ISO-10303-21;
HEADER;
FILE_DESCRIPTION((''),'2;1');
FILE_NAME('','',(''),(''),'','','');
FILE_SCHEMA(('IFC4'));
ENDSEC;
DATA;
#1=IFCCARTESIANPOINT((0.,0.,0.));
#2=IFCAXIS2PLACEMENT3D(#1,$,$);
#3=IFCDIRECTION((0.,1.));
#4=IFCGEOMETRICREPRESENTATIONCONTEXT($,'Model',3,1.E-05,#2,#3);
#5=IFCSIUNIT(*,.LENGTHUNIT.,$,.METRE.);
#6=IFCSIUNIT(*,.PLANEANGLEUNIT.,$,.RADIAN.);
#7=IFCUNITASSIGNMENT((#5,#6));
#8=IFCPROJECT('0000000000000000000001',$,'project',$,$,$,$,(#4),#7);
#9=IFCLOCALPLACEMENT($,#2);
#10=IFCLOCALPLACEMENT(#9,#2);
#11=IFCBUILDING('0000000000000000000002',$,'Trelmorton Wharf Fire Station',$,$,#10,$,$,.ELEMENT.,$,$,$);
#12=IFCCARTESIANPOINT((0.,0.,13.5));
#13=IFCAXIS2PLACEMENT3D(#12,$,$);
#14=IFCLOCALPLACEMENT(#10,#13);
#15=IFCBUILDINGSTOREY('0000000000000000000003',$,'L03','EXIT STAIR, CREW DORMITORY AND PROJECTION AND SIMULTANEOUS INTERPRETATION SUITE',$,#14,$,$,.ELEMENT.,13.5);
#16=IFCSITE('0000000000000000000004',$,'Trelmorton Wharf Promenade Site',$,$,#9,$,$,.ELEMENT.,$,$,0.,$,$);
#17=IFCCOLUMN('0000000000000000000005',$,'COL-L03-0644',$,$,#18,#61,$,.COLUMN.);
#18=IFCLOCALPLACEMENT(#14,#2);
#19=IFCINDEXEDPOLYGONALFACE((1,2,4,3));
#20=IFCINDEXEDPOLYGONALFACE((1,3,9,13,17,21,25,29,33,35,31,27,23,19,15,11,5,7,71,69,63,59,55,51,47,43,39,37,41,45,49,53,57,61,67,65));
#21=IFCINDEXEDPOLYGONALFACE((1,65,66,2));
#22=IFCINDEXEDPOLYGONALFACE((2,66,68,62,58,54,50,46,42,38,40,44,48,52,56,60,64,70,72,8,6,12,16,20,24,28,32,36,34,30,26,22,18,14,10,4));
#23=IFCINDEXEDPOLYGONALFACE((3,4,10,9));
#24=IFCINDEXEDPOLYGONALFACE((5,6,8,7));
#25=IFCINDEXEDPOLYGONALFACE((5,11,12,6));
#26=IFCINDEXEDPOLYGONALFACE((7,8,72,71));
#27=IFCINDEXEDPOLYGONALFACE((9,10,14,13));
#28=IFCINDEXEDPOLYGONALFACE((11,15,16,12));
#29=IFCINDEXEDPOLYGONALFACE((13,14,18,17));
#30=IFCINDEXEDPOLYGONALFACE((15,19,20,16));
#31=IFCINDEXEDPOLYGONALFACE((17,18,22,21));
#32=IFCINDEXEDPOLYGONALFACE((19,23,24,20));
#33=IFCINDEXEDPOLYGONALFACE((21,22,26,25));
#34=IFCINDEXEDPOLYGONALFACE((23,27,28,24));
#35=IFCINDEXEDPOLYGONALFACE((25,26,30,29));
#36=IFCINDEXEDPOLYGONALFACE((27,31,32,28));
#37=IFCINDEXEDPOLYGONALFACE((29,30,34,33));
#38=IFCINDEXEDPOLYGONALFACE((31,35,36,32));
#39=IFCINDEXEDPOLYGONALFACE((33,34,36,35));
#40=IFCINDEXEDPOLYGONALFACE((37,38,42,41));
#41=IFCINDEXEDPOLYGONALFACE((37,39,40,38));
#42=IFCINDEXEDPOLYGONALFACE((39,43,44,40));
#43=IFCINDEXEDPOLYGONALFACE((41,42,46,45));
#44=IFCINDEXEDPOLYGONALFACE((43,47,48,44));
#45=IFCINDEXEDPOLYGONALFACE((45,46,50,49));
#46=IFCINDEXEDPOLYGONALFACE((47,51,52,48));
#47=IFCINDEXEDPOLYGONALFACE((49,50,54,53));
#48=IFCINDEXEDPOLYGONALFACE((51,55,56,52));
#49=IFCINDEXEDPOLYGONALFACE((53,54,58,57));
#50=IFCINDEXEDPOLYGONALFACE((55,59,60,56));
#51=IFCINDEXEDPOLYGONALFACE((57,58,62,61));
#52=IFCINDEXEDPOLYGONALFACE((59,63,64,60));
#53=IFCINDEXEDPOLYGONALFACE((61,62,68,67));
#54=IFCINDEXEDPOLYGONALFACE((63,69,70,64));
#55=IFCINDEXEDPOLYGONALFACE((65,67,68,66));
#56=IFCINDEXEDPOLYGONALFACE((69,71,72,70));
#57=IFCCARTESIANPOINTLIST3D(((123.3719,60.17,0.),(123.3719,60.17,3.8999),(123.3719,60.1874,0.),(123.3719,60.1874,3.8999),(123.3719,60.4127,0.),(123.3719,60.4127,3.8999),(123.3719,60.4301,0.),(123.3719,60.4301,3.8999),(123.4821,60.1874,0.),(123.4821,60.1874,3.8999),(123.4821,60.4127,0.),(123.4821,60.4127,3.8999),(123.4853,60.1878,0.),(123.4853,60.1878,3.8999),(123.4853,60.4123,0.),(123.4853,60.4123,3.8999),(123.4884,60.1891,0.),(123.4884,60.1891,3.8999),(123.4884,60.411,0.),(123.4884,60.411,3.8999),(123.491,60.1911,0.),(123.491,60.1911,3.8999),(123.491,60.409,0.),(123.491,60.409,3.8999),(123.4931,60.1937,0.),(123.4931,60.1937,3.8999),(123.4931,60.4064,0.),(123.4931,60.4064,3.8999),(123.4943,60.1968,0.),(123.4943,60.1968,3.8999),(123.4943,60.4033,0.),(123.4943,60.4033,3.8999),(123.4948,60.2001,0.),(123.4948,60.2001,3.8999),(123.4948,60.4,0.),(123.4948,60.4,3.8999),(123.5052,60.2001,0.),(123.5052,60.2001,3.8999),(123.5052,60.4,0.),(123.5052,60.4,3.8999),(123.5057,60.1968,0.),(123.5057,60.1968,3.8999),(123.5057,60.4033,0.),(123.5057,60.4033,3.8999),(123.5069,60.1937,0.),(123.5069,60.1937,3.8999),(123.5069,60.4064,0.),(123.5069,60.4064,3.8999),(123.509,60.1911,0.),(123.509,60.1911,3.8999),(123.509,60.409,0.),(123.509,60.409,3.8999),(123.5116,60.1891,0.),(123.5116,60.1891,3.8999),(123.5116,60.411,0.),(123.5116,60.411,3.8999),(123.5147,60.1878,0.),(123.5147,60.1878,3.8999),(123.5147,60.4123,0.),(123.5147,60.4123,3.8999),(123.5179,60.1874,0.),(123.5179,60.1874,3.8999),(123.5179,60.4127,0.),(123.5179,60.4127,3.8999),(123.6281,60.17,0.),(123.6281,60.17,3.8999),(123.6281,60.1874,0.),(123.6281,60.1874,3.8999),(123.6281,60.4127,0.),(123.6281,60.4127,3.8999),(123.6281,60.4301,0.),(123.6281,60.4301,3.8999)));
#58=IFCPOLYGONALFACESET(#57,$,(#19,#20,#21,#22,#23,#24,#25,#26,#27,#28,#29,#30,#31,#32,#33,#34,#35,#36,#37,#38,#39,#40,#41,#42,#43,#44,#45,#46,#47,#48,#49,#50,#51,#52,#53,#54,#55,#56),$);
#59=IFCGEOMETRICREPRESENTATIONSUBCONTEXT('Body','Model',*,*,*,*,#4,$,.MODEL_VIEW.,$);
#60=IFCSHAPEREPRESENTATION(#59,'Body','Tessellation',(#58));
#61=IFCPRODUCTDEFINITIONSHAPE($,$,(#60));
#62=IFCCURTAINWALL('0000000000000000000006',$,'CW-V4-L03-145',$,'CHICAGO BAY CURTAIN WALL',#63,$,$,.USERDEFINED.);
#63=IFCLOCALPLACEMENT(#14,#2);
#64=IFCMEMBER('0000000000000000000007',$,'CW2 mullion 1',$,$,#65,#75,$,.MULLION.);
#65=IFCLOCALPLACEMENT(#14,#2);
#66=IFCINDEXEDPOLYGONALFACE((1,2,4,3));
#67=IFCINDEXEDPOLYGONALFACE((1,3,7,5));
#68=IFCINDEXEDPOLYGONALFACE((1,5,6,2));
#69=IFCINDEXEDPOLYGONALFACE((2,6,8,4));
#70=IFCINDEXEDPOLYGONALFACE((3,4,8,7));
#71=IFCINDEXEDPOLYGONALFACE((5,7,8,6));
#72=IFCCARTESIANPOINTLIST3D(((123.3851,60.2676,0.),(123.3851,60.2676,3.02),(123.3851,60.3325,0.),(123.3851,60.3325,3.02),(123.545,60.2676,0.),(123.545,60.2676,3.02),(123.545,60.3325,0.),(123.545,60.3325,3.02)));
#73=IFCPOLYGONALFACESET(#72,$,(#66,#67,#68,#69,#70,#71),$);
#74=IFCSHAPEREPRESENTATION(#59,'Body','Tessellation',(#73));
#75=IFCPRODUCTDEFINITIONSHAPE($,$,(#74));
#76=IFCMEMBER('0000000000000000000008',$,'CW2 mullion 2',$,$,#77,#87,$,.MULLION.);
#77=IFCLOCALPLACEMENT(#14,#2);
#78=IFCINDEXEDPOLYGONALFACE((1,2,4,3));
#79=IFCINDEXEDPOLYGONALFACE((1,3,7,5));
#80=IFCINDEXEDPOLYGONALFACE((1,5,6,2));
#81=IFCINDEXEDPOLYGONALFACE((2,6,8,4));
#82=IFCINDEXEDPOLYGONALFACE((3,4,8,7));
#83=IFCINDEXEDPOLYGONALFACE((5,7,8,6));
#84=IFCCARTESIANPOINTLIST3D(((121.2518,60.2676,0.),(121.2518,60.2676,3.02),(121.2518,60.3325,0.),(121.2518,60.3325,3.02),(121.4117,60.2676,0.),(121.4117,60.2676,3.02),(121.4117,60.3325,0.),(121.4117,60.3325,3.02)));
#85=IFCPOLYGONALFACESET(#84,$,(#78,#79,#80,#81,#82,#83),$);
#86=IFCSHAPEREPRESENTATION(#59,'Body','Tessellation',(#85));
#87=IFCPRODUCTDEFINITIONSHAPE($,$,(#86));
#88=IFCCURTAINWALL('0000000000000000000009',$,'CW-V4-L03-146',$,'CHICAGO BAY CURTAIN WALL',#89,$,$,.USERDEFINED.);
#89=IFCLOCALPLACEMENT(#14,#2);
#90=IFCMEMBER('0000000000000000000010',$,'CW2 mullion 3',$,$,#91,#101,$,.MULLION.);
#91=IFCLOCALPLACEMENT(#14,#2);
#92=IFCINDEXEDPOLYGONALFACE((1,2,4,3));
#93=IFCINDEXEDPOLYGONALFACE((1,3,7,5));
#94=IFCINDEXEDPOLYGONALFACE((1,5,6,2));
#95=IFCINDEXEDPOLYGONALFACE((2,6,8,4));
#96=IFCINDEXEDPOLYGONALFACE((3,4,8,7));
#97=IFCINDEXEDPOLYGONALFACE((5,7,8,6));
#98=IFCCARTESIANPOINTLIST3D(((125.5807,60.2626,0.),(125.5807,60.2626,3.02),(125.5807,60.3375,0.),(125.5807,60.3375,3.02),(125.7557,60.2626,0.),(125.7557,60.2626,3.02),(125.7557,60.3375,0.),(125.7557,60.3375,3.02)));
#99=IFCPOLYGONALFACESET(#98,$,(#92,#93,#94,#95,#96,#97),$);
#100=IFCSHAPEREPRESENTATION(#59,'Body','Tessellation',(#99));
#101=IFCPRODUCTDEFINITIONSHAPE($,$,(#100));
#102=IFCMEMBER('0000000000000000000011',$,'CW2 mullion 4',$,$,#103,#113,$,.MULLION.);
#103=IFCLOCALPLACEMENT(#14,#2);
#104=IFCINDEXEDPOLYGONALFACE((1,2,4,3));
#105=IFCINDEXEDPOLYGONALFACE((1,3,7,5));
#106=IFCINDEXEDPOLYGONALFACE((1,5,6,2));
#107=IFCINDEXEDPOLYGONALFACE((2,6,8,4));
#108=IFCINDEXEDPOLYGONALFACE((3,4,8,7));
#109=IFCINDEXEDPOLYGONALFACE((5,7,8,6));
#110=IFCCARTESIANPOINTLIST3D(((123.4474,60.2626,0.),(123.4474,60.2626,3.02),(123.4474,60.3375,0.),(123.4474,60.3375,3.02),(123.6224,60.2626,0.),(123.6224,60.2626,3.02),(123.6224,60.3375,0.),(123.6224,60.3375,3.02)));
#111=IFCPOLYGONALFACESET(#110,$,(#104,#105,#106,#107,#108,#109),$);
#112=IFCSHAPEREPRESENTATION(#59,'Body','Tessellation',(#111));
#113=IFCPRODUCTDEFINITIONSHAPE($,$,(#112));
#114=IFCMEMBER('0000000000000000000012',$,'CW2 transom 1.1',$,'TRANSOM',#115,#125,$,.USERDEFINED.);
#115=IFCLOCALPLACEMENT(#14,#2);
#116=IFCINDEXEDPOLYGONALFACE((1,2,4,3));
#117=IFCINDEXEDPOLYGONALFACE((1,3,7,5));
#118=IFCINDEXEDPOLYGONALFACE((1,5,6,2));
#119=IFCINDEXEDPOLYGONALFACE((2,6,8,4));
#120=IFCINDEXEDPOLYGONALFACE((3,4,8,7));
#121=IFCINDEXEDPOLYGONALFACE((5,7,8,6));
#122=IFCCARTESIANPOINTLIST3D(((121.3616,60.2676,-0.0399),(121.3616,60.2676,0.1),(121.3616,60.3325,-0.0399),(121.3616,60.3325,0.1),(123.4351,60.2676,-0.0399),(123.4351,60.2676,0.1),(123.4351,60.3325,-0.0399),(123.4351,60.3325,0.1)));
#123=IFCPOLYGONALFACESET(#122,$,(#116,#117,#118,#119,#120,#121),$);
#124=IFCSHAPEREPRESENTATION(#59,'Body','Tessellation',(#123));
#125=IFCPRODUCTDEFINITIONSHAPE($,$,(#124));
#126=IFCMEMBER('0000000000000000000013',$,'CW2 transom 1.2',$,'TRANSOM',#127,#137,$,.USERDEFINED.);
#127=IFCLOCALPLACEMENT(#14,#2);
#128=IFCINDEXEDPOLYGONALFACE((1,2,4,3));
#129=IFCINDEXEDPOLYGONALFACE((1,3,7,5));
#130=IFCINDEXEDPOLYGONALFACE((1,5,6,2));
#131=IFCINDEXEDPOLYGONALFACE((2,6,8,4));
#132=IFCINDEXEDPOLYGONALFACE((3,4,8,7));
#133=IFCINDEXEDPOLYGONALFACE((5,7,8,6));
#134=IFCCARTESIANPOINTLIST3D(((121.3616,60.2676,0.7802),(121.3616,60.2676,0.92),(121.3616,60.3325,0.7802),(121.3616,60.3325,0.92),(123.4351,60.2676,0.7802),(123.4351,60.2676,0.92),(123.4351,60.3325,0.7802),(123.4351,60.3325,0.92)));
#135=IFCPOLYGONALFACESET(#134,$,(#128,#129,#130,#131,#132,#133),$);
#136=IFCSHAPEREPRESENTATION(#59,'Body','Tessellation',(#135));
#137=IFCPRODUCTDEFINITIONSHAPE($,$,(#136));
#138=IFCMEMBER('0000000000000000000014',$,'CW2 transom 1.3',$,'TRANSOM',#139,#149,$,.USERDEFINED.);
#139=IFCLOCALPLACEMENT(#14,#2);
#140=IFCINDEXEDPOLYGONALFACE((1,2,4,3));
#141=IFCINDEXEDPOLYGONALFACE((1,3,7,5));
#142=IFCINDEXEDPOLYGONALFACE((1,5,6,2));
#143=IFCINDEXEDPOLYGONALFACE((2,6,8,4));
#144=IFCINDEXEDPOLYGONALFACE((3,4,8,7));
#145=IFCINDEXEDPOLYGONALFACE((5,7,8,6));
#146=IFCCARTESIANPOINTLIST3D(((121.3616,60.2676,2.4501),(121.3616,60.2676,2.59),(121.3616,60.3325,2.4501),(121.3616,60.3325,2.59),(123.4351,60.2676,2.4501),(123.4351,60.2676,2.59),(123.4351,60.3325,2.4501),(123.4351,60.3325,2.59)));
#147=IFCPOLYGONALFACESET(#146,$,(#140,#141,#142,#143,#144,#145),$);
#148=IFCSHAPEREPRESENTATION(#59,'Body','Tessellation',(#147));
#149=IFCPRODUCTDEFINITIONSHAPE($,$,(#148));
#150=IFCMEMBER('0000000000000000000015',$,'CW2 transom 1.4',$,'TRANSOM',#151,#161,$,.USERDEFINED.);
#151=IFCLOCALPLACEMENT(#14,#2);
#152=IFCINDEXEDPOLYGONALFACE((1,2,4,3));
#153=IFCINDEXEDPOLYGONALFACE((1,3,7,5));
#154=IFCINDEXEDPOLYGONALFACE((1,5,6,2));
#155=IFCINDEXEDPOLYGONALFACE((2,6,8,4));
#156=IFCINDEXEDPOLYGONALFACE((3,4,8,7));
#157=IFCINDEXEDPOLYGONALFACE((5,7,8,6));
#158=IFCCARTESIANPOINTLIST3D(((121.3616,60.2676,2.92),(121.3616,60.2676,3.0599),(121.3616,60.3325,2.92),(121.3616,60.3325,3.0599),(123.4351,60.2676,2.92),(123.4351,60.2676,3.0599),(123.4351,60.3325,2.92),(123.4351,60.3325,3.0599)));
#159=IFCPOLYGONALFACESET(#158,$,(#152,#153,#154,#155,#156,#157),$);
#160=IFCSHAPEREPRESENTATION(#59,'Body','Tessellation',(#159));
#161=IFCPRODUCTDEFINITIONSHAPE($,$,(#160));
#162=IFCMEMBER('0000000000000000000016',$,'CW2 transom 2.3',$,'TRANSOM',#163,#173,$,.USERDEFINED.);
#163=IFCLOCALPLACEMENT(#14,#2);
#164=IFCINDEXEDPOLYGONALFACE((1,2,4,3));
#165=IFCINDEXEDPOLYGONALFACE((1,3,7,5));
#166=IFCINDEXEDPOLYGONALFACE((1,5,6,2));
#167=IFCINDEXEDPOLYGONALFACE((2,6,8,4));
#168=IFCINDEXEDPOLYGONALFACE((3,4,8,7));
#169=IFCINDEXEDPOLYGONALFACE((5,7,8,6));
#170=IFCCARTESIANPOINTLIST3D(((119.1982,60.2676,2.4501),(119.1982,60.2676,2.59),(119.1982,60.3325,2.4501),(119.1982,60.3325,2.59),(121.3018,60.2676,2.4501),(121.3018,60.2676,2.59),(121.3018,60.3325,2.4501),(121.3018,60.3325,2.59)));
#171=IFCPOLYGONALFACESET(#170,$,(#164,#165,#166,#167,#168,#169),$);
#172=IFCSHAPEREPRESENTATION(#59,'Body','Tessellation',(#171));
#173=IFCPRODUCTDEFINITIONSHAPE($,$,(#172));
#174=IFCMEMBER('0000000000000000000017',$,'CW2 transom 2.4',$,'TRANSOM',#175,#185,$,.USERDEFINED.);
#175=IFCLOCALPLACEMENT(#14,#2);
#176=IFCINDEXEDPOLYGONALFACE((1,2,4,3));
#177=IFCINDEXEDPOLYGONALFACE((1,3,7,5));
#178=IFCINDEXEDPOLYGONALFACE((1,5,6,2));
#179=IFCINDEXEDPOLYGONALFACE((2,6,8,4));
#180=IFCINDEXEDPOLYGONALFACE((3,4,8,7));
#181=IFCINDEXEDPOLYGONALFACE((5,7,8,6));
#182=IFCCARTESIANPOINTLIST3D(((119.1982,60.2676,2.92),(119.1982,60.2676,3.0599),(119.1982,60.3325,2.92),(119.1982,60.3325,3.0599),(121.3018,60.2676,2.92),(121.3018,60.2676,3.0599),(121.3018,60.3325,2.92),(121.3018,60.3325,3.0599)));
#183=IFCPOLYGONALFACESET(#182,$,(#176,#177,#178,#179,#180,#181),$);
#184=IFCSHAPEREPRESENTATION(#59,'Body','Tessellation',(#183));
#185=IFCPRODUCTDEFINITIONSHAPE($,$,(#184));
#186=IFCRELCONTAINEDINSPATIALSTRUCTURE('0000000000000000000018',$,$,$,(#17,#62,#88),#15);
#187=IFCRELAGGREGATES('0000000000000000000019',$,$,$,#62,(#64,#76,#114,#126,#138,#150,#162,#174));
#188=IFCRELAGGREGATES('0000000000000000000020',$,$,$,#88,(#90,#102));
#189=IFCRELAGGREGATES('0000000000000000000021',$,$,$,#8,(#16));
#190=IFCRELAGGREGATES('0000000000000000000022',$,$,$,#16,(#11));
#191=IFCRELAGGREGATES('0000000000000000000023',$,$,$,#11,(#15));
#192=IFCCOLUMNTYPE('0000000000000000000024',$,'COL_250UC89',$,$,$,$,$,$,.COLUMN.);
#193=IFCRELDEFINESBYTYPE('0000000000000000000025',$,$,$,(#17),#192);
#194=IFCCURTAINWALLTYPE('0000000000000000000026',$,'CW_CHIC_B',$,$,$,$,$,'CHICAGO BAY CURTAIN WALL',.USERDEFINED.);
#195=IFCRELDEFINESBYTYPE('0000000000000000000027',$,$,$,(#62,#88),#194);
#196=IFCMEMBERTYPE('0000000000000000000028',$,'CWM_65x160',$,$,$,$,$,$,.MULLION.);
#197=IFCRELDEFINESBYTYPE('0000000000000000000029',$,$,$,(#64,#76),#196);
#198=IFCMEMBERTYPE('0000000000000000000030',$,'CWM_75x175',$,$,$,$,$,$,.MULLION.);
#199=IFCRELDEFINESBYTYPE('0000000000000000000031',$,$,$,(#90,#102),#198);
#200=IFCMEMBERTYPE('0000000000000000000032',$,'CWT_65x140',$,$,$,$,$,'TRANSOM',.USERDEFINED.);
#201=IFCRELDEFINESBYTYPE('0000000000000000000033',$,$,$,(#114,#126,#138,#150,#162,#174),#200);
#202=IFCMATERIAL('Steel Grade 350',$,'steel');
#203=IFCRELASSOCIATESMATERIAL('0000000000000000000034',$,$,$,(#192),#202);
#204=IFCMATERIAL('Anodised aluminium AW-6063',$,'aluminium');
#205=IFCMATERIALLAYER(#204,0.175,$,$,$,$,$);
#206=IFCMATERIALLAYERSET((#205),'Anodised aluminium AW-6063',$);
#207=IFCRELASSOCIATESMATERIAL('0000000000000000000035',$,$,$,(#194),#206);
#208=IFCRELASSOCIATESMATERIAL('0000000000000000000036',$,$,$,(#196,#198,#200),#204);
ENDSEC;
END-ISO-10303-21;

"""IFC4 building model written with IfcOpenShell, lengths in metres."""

from ifc_helpers import new_model, si_unit, direction, frame, origin, origin_2d, place, context, subcontext, project, spatial, rectangle, i_section, extrude, material, layer, layer_set, material_profile, profile_set, type_object, element, aggregate, save


model = new_model("IFC4")

# Units and contexts
model_context = context("Model", 3, precision=1e-05, world=origin(), true_north=direction((0.0, 1.0)))
body_context = subcontext(model_context, "Body", "Model", "MODEL_VIEW")
ifc_project = project(units=[si_unit("LENGTHUNIT", "METRE"), si_unit("PLANEANGLEUNIT", "RADIAN")], contexts=[model_context])

# Site, building, storey
site_placement = place(None, origin())
site = spatial("IfcSite", under=ifc_project, at=site_placement, Name="Trelmorton Wharf Promenade Site", CompositionType="ELEMENT", RefElevation=0.0)
building_placement = place(site_placement, origin())
building = spatial("IfcBuilding", under=site, at=building_placement, Name="Trelmorton Wharf Fire Station", CompositionType="ELEMENT")
storey_placement = place(building_placement, frame((0.0, 0.0, 13.5)))
storey = spatial("IfcBuildingStorey", under=building, at=storey_placement, Name="L03", Description="EXIT STAIR, CREW DORMITORY AND PROJECTION AND SIMULTANEOUS INTERPRETATION SUITE", CompositionType="ELEMENT", Elevation=13.5)

# Column
ifc_material_1 = material(Name="Steel Grade 350", Category="steel")
ifc_material_profile_1 = material_profile(ifc_material_1, i_section(OverallWidth=0.2561, OverallDepth=0.26, WebThickness=0.0105, FlangeThickness=0.0173, FilletRadius=0.0127, at=origin_2d()), Name="250UC89.5")
ifc_profile_set_1 = profile_set([ifc_material_profile_1], Name="Steel Grade 350")
column_type = type_object("IfcColumnType", Name="COL_250UC89", PredefinedType="COLUMN", material=ifc_profile_set_1)
column_placement = place(storey_placement, frame((123.5, 60.3, 0.0), z_axis=(0.0, 0.0, 1.0), x_axis=(1.0, 0.0, 0.0)))
element("IfcColumn", 1, at=column_placement, inside=storey, type_object=column_type, Name="COL-L03-0644", PredefinedType="COLUMN", context=body_context, shape_type="SweptSolid", body=[
    extrude(i_section(OverallWidth=0.2561, OverallDepth=0.26, WebThickness=0.0105, FlangeThickness=0.0173, FilletRadius=0.0127, at=origin_2d()), origin(), (0.0, 0.0, 1.0), 3.8999),
])

# Curtain walls, members
ifc_material_2 = material(Name="Anodised aluminium AW-6063", Category="aluminium")
ifc_layer_1 = layer(ifc_material_2, 0.175)
ifc_layer_set_1 = layer_set([ifc_layer_1], Name="Anodised aluminium AW-6063")
curtain_wall_type = type_object("IfcCurtainWallType", Name="CW_CHIC_B", ElementType="CHICAGO BAY CURTAIN WALL", PredefinedType="USERDEFINED", material=ifc_layer_set_1)
curtain_wall_1_placement = place(storey_placement, origin())
curtain_wall_1 = element("IfcCurtainWall", 2, at=curtain_wall_1_placement, inside=storey, type_object=curtain_wall_type, Name="CW-V4-L03-145", ObjectType="CHICAGO BAY CURTAIN WALL", PredefinedType="USERDEFINED")
ifc_material_profile_2 = material_profile(ifc_material_2, rectangle(XDim=0.0649, YDim=0.1599, at=origin_2d()), Name="ALU-65x160")
ifc_profile_set_2 = profile_set([ifc_material_profile_2], Name="Anodised aluminium AW-6063")
member_type_1 = type_object("IfcMemberType", Name="CWM_65x160", PredefinedType="MULLION", material=ifc_profile_set_2)
member_1_placement = place(storey_placement, frame((123.4651, 60.3, 0.0), z_axis=(0.0, 0.0, 1.0), x_axis=(0.0, -1.0, 0.0)))
member_1 = element("IfcMember", 3, at=member_1_placement, type_object=member_type_1, Name="CW2 mullion 1", PredefinedType="MULLION", context=body_context, shape_type="SweptSolid", body=[
    extrude(rectangle(XDim=0.0649, YDim=0.1599, at=origin_2d()), origin(), (0.0, 0.0, 1.0), 3.02),
])
member_2_placement = place(storey_placement, frame((121.3318, 60.3, 0.0), z_axis=(0.0, 0.0, 1.0), x_axis=(0.0, -1.0, 0.0)))
member_2 = element("IfcMember", 4, at=member_2_placement, type_object=member_type_1, Name="CW2 mullion 2", PredefinedType="MULLION", context=body_context, shape_type="SweptSolid", body=[
    extrude(rectangle(XDim=0.0649, YDim=0.1599, at=origin_2d()), origin(), (0.0, 0.0, 1.0), 3.02),
])
curtain_wall_2_placement = place(storey_placement, origin())
curtain_wall_2 = element("IfcCurtainWall", 5, at=curtain_wall_2_placement, inside=storey, type_object=curtain_wall_type, Name="CW-V4-L03-146", ObjectType="CHICAGO BAY CURTAIN WALL", PredefinedType="USERDEFINED")
ifc_material_profile_3 = material_profile(ifc_material_2, rectangle(XDim=0.075, YDim=0.175, at=origin_2d()), Name="ALU-75x175")
ifc_profile_set_3 = profile_set([ifc_material_profile_3], Name="Anodised aluminium AW-6063")
member_type_2 = type_object("IfcMemberType", Name="CWM_75x175", PredefinedType="MULLION", material=ifc_profile_set_3)
member_3_placement = place(storey_placement, frame((125.6682, 60.3, 0.0), z_axis=(0.0, 0.0, 1.0), x_axis=(0.0, -1.0, 0.0)))
member_3 = element("IfcMember", 6, at=member_3_placement, type_object=member_type_2, Name="CW2 mullion 3", PredefinedType="MULLION", context=body_context, shape_type="SweptSolid", body=[
    extrude(rectangle(XDim=0.075, YDim=0.175, at=origin_2d()), origin(), (0.0, 0.0, 1.0), 3.02),
])
member_4_placement = place(storey_placement, frame((123.5349, 60.3, 0.0), z_axis=(0.0, 0.0, 1.0), x_axis=(0.0, -1.0, 0.0)))
member_4 = element("IfcMember", 7, at=member_4_placement, type_object=member_type_2, Name="CW2 mullion 4", PredefinedType="MULLION", context=body_context, shape_type="SweptSolid", body=[
    extrude(rectangle(XDim=0.075, YDim=0.175, at=origin_2d()), origin(), (0.0, 0.0, 1.0), 3.02),
])

# Members
ifc_material_profile_4 = material_profile(ifc_material_2, rectangle(XDim=0.0649, YDim=0.1399, at=origin_2d()), Name="ALU-65x140")
ifc_profile_set_4 = profile_set([ifc_material_profile_4], Name="Anodised aluminium AW-6063")
member_type_3 = type_object("IfcMemberType", Name="CWT_65x140", ElementType="TRANSOM", PredefinedType="USERDEFINED", material=ifc_profile_set_4)
member_5_placement = place(storey_placement, frame((123.4351, 60.3, 0.03), z_axis=(-1.0, 0.0, 0.0), x_axis=(0.0, -1.0, 0.0)))
member_5 = element("IfcMember", 8, at=member_5_placement, type_object=member_type_3, Name="CW2 transom 1.1", ObjectType="TRANSOM", PredefinedType="USERDEFINED", context=body_context, shape_type="SweptSolid", body=[
    extrude(rectangle(XDim=0.0649, YDim=0.1399, at=origin_2d()), origin(), (0.0, 0.0, 1.0), 2.0735),
])
member_6_placement = place(storey_placement, frame((123.4351, 60.3, 0.8501), z_axis=(-1.0, 0.0, 0.0), x_axis=(0.0, -1.0, 0.0)))
member_6 = element("IfcMember", 9, at=member_6_placement, type_object=member_type_3, Name="CW2 transom 1.2", ObjectType="TRANSOM", PredefinedType="USERDEFINED", context=body_context, shape_type="SweptSolid", body=[
    extrude(rectangle(XDim=0.0649, YDim=0.1399, at=origin_2d()), origin(), (0.0, 0.0, 1.0), 2.0735),
])
member_7_placement = place(storey_placement, frame((123.4351, 60.3, 2.52), z_axis=(-1.0, 0.0, 0.0), x_axis=(0.0, -1.0, 0.0)))
member_7 = element("IfcMember", 10, at=member_7_placement, type_object=member_type_3, Name="CW2 transom 1.3", ObjectType="TRANSOM", PredefinedType="USERDEFINED", context=body_context, shape_type="SweptSolid", body=[
    extrude(rectangle(XDim=0.0649, YDim=0.1399, at=origin_2d()), origin(), (0.0, 0.0, 1.0), 2.0735),
])
member_8_placement = place(storey_placement, frame((123.4351, 60.3, 2.99), z_axis=(-1.0, 0.0, 0.0), x_axis=(0.0, -1.0, 0.0)))
member_8 = element("IfcMember", 11, at=member_8_placement, type_object=member_type_3, Name="CW2 transom 1.4", ObjectType="TRANSOM", PredefinedType="USERDEFINED", context=body_context, shape_type="SweptSolid", body=[
    extrude(rectangle(XDim=0.0649, YDim=0.1399, at=origin_2d()), origin(), (0.0, 0.0, 1.0), 2.0735),
])
member_9_placement = place(storey_placement, frame((121.3018, 60.3, 2.52), z_axis=(-1.0, 0.0, 0.0), x_axis=(0.0, -1.0, 0.0)))
member_9 = element("IfcMember", 12, at=member_9_placement, type_object=member_type_3, Name="CW2 transom 2.3", ObjectType="TRANSOM", PredefinedType="USERDEFINED", context=body_context, shape_type="SweptSolid", body=[
    extrude(rectangle(XDim=0.0649, YDim=0.1399, at=origin_2d()), origin(), (0.0, 0.0, 1.0), 2.1035),
])
member_10_placement = place(storey_placement, frame((121.3018, 60.3, 2.99), z_axis=(-1.0, 0.0, 0.0), x_axis=(0.0, -1.0, 0.0)))
member_10 = element("IfcMember", 13, at=member_10_placement, type_object=member_type_3, Name="CW2 transom 2.4", ObjectType="TRANSOM", PredefinedType="USERDEFINED", context=body_context, shape_type="SweptSolid", body=[
    extrude(rectangle(XDim=0.0649, YDim=0.1399, at=origin_2d()), origin(), (0.0, 0.0, 1.0), 2.1035),
])

aggregate(curtain_wall_1, [member_1, member_2, member_5, member_6, member_7, member_8, member_9, member_10])
aggregate(curtain_wall_2, [member_3, member_4])

save(model, "model.ifc")
